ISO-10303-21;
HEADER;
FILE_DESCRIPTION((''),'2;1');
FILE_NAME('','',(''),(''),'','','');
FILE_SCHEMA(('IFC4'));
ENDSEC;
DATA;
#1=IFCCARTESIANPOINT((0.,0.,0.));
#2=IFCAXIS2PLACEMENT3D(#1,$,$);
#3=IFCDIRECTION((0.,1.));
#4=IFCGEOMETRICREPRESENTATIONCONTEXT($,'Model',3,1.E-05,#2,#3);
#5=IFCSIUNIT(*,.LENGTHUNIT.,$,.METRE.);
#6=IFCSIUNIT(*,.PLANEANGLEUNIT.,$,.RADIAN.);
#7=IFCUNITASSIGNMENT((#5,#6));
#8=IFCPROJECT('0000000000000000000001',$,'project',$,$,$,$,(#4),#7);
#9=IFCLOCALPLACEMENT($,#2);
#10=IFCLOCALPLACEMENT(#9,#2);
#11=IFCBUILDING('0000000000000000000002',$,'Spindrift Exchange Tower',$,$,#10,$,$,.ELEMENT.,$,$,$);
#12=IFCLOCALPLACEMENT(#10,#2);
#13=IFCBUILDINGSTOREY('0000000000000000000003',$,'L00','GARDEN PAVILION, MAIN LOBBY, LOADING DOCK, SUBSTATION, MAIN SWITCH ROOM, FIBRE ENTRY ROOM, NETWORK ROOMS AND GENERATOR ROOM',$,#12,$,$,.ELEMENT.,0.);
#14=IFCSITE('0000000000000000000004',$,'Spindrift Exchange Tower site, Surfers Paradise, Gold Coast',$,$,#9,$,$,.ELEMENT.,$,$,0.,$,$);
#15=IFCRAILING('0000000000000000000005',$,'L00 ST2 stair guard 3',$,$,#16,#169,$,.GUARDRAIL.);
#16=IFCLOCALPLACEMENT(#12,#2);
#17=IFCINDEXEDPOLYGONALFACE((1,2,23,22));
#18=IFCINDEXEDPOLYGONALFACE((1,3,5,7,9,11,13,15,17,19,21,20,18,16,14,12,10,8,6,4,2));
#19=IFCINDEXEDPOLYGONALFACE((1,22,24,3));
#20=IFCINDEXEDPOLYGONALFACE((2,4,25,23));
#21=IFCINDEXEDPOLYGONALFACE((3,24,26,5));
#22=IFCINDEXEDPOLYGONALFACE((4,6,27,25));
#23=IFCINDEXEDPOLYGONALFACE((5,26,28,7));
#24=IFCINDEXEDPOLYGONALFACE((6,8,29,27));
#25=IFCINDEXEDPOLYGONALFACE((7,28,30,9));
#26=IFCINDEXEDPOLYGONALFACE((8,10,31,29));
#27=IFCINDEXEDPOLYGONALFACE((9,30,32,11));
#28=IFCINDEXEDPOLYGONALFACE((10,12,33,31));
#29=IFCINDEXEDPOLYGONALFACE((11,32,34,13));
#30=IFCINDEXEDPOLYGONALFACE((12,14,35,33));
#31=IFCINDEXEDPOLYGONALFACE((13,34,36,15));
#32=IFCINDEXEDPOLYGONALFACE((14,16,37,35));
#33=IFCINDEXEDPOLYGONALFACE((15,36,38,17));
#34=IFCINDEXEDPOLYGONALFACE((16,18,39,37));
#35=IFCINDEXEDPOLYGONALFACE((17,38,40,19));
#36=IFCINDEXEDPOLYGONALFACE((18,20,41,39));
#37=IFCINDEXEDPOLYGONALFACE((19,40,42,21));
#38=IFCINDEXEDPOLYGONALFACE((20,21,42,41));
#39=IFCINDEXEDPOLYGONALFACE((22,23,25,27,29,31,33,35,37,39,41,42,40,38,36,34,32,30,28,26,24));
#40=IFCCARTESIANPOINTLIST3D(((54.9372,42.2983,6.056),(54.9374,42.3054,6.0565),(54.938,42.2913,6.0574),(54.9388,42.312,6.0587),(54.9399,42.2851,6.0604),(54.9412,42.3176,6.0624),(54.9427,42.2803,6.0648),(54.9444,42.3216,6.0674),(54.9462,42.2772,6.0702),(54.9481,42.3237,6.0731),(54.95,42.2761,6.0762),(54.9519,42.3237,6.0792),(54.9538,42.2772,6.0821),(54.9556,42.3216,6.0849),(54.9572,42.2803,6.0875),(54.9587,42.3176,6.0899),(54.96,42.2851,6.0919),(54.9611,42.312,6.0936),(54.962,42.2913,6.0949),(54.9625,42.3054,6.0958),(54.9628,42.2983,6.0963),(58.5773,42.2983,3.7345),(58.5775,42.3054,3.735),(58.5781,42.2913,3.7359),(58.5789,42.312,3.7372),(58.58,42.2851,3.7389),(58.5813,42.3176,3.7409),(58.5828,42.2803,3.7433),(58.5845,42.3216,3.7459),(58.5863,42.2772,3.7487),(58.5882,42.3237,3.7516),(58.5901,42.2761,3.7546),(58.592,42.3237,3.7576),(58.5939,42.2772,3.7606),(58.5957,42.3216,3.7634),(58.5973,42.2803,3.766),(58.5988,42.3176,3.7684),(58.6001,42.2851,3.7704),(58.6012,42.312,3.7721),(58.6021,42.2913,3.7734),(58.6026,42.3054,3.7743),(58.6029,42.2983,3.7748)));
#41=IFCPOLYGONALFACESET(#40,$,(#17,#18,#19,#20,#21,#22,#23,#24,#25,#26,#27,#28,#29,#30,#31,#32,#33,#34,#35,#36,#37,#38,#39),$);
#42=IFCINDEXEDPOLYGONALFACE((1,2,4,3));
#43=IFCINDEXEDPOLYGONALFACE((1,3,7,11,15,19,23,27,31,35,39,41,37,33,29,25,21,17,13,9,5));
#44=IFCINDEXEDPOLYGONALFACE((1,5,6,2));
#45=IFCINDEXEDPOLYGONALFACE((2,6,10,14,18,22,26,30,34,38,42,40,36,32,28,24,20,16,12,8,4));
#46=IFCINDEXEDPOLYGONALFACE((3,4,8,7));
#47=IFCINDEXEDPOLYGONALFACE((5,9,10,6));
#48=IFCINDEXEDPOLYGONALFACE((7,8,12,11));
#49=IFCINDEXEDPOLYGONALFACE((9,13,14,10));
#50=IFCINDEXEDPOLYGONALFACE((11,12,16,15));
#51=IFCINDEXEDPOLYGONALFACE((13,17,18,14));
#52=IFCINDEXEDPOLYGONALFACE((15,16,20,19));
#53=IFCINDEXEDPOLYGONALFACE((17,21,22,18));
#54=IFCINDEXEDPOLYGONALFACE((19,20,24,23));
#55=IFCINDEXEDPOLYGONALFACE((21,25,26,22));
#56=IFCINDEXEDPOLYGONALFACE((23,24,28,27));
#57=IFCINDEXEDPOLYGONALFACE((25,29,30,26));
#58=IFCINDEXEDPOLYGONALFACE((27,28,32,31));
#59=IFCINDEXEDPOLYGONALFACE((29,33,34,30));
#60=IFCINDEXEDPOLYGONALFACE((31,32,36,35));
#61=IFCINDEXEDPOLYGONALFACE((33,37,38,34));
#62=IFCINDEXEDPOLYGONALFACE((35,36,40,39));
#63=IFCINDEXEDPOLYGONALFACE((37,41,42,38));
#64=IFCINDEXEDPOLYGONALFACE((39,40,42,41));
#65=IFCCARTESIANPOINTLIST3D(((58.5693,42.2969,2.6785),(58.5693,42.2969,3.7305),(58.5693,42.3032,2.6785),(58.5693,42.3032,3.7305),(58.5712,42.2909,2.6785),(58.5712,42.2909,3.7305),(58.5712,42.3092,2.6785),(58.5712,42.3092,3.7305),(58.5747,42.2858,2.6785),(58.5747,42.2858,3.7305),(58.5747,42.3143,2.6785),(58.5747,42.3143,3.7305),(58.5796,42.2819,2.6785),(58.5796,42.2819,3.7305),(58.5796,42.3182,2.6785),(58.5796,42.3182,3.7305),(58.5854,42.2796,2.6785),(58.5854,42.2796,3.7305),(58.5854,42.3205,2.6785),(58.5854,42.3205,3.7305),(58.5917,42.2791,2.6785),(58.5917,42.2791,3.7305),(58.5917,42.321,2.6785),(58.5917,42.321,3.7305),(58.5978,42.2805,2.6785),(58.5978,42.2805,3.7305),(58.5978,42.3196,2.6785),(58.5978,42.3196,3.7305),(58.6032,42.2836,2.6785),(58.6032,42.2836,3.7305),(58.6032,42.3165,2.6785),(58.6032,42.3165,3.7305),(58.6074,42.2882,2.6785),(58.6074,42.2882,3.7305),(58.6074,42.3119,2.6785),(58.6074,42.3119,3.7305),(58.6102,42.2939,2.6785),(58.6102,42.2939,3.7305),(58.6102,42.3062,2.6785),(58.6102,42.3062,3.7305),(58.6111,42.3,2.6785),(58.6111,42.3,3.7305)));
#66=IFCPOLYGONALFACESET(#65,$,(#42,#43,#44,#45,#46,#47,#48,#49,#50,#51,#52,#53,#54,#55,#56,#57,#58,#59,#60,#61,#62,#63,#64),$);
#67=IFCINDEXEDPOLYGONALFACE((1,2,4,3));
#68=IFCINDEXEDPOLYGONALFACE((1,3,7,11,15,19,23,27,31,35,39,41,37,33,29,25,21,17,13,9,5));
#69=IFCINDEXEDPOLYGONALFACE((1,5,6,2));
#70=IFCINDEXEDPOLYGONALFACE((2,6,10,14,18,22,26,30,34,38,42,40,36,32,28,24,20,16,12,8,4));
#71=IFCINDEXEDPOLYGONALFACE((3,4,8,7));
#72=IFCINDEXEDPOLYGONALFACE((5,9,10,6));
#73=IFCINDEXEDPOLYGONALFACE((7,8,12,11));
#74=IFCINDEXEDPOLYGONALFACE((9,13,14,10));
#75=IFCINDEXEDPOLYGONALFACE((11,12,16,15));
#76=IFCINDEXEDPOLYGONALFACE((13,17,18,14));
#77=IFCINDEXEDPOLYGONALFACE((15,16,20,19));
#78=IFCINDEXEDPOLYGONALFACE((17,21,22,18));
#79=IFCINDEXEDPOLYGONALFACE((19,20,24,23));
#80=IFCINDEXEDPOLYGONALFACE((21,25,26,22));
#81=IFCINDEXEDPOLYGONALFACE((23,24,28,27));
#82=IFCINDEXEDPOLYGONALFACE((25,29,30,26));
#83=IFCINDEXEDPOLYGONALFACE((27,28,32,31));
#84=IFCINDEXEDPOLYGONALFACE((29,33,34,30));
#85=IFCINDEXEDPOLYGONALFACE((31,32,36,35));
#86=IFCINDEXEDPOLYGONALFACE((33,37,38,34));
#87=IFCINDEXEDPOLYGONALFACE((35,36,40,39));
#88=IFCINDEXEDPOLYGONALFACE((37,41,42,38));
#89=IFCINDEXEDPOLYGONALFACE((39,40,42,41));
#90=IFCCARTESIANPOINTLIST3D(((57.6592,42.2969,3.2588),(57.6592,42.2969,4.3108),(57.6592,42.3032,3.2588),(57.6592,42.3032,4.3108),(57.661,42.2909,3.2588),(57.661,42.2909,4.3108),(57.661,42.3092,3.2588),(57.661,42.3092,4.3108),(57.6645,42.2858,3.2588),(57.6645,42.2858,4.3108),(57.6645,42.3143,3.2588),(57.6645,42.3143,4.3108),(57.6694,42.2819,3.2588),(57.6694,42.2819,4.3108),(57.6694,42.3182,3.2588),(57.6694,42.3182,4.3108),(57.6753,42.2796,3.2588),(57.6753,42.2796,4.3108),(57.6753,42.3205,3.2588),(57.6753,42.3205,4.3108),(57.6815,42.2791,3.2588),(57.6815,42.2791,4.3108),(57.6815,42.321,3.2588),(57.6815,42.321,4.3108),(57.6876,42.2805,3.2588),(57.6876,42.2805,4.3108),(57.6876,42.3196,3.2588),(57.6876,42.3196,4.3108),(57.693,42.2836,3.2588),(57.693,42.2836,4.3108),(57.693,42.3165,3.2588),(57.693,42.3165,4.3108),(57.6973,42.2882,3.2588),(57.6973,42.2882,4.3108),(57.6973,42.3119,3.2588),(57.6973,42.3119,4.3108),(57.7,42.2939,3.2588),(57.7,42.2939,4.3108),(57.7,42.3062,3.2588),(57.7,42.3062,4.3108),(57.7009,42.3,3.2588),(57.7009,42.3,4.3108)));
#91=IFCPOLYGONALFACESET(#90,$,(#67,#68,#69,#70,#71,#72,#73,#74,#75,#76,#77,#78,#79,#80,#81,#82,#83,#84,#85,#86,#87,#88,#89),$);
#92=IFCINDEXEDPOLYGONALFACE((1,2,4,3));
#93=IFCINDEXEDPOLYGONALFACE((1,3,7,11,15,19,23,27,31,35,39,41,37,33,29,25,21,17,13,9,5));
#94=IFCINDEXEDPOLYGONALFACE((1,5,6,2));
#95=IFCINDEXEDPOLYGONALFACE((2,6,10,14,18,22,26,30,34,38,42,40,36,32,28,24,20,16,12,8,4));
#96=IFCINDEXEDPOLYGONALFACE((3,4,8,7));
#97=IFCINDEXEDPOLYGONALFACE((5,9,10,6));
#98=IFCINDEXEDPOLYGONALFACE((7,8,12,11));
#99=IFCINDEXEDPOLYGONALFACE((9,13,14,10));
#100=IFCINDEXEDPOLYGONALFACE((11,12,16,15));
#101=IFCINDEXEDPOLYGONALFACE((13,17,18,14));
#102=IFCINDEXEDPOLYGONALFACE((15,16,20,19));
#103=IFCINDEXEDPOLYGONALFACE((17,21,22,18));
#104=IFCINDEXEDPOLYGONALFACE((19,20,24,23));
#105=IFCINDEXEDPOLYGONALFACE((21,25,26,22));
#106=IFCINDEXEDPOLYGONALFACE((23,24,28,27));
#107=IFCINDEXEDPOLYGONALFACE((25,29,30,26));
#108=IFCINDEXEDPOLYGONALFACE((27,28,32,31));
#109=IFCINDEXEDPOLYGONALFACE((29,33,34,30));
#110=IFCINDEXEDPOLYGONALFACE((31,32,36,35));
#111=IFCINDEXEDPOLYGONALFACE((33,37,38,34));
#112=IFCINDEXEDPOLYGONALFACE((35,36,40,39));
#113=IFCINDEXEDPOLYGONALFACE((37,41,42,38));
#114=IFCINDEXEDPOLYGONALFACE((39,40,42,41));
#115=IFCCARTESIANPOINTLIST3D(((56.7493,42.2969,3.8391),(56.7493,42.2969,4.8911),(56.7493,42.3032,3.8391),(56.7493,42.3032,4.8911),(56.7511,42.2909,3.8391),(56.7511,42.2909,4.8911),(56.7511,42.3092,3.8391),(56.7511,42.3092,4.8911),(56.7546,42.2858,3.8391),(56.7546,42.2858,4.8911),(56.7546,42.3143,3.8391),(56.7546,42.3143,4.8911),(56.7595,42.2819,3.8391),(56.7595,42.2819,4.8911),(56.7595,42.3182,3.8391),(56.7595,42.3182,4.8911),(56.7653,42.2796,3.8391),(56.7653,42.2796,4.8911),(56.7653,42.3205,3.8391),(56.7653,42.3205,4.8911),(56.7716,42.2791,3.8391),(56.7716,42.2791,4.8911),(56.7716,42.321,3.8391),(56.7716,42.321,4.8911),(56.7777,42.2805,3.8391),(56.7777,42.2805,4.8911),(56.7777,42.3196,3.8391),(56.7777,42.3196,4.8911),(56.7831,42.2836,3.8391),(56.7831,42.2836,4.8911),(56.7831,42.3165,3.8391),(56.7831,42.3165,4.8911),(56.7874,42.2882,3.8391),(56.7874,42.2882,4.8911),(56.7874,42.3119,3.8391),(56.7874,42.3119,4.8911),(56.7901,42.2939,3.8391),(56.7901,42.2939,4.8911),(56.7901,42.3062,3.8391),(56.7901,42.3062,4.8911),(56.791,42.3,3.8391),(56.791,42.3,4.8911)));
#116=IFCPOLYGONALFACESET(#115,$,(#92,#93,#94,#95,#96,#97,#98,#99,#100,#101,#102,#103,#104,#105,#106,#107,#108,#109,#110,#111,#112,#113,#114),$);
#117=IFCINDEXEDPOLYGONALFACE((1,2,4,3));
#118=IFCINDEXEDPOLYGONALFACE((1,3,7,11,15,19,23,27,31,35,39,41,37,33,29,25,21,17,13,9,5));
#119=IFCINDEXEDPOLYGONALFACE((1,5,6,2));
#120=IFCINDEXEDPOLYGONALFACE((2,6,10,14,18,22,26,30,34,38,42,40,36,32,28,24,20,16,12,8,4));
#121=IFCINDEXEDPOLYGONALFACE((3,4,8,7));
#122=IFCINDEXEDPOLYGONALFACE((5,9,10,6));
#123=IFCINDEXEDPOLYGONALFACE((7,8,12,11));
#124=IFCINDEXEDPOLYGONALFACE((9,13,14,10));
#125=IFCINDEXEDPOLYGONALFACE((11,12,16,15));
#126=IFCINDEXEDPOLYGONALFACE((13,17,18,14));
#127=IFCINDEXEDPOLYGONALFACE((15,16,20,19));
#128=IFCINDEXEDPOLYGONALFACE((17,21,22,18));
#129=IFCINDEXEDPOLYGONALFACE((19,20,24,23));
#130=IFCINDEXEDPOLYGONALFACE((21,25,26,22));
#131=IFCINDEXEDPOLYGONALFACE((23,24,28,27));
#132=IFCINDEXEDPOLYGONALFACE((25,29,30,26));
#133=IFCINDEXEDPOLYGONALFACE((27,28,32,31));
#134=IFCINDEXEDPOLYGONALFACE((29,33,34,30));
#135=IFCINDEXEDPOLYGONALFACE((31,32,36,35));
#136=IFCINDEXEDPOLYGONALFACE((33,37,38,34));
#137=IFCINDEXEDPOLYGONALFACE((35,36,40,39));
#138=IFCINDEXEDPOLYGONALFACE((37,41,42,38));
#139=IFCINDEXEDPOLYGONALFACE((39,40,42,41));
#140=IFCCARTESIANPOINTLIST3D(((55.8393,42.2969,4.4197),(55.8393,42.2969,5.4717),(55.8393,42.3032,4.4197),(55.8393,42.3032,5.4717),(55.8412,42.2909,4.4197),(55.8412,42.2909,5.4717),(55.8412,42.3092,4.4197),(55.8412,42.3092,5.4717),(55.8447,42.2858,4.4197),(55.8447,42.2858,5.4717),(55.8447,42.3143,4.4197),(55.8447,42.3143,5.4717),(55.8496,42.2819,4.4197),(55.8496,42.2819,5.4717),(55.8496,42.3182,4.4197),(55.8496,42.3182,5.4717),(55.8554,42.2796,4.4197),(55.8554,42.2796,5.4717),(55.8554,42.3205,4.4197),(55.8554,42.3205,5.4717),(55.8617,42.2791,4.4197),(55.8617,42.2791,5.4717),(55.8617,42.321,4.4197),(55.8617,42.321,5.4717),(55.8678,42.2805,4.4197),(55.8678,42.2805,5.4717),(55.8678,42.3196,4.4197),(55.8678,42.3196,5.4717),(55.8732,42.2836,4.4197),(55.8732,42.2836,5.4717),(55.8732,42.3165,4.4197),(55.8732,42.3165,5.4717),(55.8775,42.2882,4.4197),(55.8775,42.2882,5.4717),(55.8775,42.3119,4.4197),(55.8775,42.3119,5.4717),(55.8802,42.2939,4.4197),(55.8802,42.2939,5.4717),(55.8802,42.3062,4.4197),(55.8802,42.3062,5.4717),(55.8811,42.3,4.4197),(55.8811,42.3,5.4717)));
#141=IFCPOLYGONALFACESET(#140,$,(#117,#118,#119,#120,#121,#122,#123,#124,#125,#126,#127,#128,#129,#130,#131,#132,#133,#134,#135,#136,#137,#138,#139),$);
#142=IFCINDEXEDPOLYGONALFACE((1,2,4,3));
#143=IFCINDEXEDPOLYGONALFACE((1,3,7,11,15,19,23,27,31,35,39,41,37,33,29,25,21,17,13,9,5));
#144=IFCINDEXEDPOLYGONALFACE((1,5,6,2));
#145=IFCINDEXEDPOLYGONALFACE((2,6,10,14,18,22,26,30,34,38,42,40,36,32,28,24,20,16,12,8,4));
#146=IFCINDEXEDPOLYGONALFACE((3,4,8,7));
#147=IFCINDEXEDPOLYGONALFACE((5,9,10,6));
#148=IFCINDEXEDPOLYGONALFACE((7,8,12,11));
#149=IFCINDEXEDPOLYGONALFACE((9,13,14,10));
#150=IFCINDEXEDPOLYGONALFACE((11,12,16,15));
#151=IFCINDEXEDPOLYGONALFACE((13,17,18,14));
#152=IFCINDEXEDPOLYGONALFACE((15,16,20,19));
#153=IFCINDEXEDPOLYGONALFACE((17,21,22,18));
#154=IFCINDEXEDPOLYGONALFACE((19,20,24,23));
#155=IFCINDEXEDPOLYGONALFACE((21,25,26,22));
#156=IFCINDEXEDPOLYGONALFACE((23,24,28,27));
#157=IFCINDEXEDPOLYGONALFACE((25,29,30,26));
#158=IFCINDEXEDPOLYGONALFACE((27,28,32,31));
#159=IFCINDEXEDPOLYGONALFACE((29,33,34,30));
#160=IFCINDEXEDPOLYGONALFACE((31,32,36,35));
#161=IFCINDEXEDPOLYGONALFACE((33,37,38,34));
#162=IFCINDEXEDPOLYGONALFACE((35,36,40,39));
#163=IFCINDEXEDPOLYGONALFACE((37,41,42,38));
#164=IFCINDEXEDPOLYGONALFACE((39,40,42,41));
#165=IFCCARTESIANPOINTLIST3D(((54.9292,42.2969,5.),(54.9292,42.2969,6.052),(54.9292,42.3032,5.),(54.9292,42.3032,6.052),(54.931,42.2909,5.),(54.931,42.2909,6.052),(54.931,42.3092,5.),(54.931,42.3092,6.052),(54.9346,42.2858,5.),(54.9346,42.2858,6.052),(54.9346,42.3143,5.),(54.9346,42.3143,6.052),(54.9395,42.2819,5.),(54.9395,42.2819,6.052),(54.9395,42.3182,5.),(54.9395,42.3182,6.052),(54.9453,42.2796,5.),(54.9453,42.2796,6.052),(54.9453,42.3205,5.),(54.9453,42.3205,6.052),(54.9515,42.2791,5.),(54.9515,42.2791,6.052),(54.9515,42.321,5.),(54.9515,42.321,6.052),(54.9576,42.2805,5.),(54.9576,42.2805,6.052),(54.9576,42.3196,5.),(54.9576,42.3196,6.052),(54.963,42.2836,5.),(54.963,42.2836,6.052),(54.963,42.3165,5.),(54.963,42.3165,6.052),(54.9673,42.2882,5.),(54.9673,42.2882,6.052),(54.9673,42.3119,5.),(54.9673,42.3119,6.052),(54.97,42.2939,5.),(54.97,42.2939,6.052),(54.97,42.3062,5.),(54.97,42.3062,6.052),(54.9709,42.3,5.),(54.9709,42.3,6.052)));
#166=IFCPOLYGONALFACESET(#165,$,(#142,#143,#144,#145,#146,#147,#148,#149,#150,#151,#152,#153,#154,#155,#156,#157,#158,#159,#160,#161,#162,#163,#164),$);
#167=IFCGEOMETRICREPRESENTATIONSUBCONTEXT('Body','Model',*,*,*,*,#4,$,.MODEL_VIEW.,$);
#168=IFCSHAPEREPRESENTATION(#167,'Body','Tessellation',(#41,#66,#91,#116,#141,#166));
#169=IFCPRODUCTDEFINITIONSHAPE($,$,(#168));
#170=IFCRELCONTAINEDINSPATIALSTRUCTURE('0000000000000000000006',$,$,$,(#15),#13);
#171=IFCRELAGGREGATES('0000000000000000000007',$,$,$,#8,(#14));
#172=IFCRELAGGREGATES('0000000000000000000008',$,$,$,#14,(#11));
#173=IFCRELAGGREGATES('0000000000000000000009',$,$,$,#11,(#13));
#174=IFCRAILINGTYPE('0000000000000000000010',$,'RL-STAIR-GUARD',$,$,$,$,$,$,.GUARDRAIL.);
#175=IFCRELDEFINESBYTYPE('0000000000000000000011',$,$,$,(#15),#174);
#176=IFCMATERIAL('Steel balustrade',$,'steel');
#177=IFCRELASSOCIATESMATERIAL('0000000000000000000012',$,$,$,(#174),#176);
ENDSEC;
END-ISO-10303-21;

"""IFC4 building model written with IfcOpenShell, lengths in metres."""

from ifc_helpers import new_model, si_unit, direction, frame, origin, origin_2d, place, context, subcontext, project, spatial, circle, extrude, material, type_object, element, save


model = new_model("IFC4")

# Units and contexts
model_context = context("Model", 3, precision=1e-05, world=origin(), true_north=direction((0.0, 1.0)))
body_context = subcontext(model_context, "Body", "Model", "MODEL_VIEW")
ifc_project = project(units=[si_unit("LENGTHUNIT", "METRE"), si_unit("PLANEANGLEUNIT", "RADIAN")], contexts=[model_context])

# Site, building, storey
site_placement = place(None, origin())
site = spatial("IfcSite", under=ifc_project, at=site_placement, Name="Spindrift Exchange Tower site, Surfers Paradise, Gold Coast", CompositionType="ELEMENT", RefElevation=0.0)
building_placement = place(site_placement, origin())
building = spatial("IfcBuilding", under=site, at=building_placement, Name="Spindrift Exchange Tower", CompositionType="ELEMENT")
storey_placement = place(building_placement, origin())
storey = spatial("IfcBuildingStorey", under=building, at=storey_placement, Name="L00", Description="GARDEN PAVILION, MAIN LOBBY, LOADING DOCK, SUBSTATION, MAIN SWITCH ROOM, FIBRE ENTRY ROOM, NETWORK ROOMS AND GENERATOR ROOM", CompositionType="ELEMENT", Elevation=0.0)

# Railing
ifc_material_1 = material(Name="Steel balustrade", Category="steel")
railing_type_1 = type_object("IfcRailingType", Name="RL-STAIR-GUARD", PredefinedType="GUARDRAIL", material=ifc_material_1)
railing_1_placement = place(storey_placement, frame((58.5901, 42.3, 2.6785)))
element("IfcRailing", 1, at=railing_1_placement, inside=storey, type_object=railing_type_1, Name="L00 ST2 stair guard 3", PredefinedType="GUARDRAIL", context=body_context, shape_type="SweptSolid", body=[
    extrude(circle(Radius=0.0239, at=origin_2d()), frame((0.0, 0.0, 1.0762), z_axis=(-0.843128, 0.0, 0.537713), x_axis=(0.0, -1.0, 0.0)), (0.0, 0.0, 1.0), 4.3174),
    extrude(circle(Radius=0.021, at=origin_2d()), origin(), (0.0, 0.0, 1.0), 1.052),
    extrude(circle(Radius=0.021, at=origin_2d()), frame((-0.9102, 0.0, 0.5803)), (0.0, 0.0, 1.0), 1.052),
    extrude(circle(Radius=0.021, at=origin_2d()), frame((-1.8201, 0.0, 1.1606)), (0.0, 0.0, 1.0), 1.052),
    extrude(circle(Radius=0.021, at=origin_2d()), frame((-2.73, 0.0, 1.7412)), (0.0, 0.0, 1.0), 1.052),
    extrude(circle(Radius=0.021, at=origin_2d()), frame((-3.6401, 0.0, 2.3215)), (0.0, 0.0, 1.0), 1.052),
])

save(model, "model.ifc")
